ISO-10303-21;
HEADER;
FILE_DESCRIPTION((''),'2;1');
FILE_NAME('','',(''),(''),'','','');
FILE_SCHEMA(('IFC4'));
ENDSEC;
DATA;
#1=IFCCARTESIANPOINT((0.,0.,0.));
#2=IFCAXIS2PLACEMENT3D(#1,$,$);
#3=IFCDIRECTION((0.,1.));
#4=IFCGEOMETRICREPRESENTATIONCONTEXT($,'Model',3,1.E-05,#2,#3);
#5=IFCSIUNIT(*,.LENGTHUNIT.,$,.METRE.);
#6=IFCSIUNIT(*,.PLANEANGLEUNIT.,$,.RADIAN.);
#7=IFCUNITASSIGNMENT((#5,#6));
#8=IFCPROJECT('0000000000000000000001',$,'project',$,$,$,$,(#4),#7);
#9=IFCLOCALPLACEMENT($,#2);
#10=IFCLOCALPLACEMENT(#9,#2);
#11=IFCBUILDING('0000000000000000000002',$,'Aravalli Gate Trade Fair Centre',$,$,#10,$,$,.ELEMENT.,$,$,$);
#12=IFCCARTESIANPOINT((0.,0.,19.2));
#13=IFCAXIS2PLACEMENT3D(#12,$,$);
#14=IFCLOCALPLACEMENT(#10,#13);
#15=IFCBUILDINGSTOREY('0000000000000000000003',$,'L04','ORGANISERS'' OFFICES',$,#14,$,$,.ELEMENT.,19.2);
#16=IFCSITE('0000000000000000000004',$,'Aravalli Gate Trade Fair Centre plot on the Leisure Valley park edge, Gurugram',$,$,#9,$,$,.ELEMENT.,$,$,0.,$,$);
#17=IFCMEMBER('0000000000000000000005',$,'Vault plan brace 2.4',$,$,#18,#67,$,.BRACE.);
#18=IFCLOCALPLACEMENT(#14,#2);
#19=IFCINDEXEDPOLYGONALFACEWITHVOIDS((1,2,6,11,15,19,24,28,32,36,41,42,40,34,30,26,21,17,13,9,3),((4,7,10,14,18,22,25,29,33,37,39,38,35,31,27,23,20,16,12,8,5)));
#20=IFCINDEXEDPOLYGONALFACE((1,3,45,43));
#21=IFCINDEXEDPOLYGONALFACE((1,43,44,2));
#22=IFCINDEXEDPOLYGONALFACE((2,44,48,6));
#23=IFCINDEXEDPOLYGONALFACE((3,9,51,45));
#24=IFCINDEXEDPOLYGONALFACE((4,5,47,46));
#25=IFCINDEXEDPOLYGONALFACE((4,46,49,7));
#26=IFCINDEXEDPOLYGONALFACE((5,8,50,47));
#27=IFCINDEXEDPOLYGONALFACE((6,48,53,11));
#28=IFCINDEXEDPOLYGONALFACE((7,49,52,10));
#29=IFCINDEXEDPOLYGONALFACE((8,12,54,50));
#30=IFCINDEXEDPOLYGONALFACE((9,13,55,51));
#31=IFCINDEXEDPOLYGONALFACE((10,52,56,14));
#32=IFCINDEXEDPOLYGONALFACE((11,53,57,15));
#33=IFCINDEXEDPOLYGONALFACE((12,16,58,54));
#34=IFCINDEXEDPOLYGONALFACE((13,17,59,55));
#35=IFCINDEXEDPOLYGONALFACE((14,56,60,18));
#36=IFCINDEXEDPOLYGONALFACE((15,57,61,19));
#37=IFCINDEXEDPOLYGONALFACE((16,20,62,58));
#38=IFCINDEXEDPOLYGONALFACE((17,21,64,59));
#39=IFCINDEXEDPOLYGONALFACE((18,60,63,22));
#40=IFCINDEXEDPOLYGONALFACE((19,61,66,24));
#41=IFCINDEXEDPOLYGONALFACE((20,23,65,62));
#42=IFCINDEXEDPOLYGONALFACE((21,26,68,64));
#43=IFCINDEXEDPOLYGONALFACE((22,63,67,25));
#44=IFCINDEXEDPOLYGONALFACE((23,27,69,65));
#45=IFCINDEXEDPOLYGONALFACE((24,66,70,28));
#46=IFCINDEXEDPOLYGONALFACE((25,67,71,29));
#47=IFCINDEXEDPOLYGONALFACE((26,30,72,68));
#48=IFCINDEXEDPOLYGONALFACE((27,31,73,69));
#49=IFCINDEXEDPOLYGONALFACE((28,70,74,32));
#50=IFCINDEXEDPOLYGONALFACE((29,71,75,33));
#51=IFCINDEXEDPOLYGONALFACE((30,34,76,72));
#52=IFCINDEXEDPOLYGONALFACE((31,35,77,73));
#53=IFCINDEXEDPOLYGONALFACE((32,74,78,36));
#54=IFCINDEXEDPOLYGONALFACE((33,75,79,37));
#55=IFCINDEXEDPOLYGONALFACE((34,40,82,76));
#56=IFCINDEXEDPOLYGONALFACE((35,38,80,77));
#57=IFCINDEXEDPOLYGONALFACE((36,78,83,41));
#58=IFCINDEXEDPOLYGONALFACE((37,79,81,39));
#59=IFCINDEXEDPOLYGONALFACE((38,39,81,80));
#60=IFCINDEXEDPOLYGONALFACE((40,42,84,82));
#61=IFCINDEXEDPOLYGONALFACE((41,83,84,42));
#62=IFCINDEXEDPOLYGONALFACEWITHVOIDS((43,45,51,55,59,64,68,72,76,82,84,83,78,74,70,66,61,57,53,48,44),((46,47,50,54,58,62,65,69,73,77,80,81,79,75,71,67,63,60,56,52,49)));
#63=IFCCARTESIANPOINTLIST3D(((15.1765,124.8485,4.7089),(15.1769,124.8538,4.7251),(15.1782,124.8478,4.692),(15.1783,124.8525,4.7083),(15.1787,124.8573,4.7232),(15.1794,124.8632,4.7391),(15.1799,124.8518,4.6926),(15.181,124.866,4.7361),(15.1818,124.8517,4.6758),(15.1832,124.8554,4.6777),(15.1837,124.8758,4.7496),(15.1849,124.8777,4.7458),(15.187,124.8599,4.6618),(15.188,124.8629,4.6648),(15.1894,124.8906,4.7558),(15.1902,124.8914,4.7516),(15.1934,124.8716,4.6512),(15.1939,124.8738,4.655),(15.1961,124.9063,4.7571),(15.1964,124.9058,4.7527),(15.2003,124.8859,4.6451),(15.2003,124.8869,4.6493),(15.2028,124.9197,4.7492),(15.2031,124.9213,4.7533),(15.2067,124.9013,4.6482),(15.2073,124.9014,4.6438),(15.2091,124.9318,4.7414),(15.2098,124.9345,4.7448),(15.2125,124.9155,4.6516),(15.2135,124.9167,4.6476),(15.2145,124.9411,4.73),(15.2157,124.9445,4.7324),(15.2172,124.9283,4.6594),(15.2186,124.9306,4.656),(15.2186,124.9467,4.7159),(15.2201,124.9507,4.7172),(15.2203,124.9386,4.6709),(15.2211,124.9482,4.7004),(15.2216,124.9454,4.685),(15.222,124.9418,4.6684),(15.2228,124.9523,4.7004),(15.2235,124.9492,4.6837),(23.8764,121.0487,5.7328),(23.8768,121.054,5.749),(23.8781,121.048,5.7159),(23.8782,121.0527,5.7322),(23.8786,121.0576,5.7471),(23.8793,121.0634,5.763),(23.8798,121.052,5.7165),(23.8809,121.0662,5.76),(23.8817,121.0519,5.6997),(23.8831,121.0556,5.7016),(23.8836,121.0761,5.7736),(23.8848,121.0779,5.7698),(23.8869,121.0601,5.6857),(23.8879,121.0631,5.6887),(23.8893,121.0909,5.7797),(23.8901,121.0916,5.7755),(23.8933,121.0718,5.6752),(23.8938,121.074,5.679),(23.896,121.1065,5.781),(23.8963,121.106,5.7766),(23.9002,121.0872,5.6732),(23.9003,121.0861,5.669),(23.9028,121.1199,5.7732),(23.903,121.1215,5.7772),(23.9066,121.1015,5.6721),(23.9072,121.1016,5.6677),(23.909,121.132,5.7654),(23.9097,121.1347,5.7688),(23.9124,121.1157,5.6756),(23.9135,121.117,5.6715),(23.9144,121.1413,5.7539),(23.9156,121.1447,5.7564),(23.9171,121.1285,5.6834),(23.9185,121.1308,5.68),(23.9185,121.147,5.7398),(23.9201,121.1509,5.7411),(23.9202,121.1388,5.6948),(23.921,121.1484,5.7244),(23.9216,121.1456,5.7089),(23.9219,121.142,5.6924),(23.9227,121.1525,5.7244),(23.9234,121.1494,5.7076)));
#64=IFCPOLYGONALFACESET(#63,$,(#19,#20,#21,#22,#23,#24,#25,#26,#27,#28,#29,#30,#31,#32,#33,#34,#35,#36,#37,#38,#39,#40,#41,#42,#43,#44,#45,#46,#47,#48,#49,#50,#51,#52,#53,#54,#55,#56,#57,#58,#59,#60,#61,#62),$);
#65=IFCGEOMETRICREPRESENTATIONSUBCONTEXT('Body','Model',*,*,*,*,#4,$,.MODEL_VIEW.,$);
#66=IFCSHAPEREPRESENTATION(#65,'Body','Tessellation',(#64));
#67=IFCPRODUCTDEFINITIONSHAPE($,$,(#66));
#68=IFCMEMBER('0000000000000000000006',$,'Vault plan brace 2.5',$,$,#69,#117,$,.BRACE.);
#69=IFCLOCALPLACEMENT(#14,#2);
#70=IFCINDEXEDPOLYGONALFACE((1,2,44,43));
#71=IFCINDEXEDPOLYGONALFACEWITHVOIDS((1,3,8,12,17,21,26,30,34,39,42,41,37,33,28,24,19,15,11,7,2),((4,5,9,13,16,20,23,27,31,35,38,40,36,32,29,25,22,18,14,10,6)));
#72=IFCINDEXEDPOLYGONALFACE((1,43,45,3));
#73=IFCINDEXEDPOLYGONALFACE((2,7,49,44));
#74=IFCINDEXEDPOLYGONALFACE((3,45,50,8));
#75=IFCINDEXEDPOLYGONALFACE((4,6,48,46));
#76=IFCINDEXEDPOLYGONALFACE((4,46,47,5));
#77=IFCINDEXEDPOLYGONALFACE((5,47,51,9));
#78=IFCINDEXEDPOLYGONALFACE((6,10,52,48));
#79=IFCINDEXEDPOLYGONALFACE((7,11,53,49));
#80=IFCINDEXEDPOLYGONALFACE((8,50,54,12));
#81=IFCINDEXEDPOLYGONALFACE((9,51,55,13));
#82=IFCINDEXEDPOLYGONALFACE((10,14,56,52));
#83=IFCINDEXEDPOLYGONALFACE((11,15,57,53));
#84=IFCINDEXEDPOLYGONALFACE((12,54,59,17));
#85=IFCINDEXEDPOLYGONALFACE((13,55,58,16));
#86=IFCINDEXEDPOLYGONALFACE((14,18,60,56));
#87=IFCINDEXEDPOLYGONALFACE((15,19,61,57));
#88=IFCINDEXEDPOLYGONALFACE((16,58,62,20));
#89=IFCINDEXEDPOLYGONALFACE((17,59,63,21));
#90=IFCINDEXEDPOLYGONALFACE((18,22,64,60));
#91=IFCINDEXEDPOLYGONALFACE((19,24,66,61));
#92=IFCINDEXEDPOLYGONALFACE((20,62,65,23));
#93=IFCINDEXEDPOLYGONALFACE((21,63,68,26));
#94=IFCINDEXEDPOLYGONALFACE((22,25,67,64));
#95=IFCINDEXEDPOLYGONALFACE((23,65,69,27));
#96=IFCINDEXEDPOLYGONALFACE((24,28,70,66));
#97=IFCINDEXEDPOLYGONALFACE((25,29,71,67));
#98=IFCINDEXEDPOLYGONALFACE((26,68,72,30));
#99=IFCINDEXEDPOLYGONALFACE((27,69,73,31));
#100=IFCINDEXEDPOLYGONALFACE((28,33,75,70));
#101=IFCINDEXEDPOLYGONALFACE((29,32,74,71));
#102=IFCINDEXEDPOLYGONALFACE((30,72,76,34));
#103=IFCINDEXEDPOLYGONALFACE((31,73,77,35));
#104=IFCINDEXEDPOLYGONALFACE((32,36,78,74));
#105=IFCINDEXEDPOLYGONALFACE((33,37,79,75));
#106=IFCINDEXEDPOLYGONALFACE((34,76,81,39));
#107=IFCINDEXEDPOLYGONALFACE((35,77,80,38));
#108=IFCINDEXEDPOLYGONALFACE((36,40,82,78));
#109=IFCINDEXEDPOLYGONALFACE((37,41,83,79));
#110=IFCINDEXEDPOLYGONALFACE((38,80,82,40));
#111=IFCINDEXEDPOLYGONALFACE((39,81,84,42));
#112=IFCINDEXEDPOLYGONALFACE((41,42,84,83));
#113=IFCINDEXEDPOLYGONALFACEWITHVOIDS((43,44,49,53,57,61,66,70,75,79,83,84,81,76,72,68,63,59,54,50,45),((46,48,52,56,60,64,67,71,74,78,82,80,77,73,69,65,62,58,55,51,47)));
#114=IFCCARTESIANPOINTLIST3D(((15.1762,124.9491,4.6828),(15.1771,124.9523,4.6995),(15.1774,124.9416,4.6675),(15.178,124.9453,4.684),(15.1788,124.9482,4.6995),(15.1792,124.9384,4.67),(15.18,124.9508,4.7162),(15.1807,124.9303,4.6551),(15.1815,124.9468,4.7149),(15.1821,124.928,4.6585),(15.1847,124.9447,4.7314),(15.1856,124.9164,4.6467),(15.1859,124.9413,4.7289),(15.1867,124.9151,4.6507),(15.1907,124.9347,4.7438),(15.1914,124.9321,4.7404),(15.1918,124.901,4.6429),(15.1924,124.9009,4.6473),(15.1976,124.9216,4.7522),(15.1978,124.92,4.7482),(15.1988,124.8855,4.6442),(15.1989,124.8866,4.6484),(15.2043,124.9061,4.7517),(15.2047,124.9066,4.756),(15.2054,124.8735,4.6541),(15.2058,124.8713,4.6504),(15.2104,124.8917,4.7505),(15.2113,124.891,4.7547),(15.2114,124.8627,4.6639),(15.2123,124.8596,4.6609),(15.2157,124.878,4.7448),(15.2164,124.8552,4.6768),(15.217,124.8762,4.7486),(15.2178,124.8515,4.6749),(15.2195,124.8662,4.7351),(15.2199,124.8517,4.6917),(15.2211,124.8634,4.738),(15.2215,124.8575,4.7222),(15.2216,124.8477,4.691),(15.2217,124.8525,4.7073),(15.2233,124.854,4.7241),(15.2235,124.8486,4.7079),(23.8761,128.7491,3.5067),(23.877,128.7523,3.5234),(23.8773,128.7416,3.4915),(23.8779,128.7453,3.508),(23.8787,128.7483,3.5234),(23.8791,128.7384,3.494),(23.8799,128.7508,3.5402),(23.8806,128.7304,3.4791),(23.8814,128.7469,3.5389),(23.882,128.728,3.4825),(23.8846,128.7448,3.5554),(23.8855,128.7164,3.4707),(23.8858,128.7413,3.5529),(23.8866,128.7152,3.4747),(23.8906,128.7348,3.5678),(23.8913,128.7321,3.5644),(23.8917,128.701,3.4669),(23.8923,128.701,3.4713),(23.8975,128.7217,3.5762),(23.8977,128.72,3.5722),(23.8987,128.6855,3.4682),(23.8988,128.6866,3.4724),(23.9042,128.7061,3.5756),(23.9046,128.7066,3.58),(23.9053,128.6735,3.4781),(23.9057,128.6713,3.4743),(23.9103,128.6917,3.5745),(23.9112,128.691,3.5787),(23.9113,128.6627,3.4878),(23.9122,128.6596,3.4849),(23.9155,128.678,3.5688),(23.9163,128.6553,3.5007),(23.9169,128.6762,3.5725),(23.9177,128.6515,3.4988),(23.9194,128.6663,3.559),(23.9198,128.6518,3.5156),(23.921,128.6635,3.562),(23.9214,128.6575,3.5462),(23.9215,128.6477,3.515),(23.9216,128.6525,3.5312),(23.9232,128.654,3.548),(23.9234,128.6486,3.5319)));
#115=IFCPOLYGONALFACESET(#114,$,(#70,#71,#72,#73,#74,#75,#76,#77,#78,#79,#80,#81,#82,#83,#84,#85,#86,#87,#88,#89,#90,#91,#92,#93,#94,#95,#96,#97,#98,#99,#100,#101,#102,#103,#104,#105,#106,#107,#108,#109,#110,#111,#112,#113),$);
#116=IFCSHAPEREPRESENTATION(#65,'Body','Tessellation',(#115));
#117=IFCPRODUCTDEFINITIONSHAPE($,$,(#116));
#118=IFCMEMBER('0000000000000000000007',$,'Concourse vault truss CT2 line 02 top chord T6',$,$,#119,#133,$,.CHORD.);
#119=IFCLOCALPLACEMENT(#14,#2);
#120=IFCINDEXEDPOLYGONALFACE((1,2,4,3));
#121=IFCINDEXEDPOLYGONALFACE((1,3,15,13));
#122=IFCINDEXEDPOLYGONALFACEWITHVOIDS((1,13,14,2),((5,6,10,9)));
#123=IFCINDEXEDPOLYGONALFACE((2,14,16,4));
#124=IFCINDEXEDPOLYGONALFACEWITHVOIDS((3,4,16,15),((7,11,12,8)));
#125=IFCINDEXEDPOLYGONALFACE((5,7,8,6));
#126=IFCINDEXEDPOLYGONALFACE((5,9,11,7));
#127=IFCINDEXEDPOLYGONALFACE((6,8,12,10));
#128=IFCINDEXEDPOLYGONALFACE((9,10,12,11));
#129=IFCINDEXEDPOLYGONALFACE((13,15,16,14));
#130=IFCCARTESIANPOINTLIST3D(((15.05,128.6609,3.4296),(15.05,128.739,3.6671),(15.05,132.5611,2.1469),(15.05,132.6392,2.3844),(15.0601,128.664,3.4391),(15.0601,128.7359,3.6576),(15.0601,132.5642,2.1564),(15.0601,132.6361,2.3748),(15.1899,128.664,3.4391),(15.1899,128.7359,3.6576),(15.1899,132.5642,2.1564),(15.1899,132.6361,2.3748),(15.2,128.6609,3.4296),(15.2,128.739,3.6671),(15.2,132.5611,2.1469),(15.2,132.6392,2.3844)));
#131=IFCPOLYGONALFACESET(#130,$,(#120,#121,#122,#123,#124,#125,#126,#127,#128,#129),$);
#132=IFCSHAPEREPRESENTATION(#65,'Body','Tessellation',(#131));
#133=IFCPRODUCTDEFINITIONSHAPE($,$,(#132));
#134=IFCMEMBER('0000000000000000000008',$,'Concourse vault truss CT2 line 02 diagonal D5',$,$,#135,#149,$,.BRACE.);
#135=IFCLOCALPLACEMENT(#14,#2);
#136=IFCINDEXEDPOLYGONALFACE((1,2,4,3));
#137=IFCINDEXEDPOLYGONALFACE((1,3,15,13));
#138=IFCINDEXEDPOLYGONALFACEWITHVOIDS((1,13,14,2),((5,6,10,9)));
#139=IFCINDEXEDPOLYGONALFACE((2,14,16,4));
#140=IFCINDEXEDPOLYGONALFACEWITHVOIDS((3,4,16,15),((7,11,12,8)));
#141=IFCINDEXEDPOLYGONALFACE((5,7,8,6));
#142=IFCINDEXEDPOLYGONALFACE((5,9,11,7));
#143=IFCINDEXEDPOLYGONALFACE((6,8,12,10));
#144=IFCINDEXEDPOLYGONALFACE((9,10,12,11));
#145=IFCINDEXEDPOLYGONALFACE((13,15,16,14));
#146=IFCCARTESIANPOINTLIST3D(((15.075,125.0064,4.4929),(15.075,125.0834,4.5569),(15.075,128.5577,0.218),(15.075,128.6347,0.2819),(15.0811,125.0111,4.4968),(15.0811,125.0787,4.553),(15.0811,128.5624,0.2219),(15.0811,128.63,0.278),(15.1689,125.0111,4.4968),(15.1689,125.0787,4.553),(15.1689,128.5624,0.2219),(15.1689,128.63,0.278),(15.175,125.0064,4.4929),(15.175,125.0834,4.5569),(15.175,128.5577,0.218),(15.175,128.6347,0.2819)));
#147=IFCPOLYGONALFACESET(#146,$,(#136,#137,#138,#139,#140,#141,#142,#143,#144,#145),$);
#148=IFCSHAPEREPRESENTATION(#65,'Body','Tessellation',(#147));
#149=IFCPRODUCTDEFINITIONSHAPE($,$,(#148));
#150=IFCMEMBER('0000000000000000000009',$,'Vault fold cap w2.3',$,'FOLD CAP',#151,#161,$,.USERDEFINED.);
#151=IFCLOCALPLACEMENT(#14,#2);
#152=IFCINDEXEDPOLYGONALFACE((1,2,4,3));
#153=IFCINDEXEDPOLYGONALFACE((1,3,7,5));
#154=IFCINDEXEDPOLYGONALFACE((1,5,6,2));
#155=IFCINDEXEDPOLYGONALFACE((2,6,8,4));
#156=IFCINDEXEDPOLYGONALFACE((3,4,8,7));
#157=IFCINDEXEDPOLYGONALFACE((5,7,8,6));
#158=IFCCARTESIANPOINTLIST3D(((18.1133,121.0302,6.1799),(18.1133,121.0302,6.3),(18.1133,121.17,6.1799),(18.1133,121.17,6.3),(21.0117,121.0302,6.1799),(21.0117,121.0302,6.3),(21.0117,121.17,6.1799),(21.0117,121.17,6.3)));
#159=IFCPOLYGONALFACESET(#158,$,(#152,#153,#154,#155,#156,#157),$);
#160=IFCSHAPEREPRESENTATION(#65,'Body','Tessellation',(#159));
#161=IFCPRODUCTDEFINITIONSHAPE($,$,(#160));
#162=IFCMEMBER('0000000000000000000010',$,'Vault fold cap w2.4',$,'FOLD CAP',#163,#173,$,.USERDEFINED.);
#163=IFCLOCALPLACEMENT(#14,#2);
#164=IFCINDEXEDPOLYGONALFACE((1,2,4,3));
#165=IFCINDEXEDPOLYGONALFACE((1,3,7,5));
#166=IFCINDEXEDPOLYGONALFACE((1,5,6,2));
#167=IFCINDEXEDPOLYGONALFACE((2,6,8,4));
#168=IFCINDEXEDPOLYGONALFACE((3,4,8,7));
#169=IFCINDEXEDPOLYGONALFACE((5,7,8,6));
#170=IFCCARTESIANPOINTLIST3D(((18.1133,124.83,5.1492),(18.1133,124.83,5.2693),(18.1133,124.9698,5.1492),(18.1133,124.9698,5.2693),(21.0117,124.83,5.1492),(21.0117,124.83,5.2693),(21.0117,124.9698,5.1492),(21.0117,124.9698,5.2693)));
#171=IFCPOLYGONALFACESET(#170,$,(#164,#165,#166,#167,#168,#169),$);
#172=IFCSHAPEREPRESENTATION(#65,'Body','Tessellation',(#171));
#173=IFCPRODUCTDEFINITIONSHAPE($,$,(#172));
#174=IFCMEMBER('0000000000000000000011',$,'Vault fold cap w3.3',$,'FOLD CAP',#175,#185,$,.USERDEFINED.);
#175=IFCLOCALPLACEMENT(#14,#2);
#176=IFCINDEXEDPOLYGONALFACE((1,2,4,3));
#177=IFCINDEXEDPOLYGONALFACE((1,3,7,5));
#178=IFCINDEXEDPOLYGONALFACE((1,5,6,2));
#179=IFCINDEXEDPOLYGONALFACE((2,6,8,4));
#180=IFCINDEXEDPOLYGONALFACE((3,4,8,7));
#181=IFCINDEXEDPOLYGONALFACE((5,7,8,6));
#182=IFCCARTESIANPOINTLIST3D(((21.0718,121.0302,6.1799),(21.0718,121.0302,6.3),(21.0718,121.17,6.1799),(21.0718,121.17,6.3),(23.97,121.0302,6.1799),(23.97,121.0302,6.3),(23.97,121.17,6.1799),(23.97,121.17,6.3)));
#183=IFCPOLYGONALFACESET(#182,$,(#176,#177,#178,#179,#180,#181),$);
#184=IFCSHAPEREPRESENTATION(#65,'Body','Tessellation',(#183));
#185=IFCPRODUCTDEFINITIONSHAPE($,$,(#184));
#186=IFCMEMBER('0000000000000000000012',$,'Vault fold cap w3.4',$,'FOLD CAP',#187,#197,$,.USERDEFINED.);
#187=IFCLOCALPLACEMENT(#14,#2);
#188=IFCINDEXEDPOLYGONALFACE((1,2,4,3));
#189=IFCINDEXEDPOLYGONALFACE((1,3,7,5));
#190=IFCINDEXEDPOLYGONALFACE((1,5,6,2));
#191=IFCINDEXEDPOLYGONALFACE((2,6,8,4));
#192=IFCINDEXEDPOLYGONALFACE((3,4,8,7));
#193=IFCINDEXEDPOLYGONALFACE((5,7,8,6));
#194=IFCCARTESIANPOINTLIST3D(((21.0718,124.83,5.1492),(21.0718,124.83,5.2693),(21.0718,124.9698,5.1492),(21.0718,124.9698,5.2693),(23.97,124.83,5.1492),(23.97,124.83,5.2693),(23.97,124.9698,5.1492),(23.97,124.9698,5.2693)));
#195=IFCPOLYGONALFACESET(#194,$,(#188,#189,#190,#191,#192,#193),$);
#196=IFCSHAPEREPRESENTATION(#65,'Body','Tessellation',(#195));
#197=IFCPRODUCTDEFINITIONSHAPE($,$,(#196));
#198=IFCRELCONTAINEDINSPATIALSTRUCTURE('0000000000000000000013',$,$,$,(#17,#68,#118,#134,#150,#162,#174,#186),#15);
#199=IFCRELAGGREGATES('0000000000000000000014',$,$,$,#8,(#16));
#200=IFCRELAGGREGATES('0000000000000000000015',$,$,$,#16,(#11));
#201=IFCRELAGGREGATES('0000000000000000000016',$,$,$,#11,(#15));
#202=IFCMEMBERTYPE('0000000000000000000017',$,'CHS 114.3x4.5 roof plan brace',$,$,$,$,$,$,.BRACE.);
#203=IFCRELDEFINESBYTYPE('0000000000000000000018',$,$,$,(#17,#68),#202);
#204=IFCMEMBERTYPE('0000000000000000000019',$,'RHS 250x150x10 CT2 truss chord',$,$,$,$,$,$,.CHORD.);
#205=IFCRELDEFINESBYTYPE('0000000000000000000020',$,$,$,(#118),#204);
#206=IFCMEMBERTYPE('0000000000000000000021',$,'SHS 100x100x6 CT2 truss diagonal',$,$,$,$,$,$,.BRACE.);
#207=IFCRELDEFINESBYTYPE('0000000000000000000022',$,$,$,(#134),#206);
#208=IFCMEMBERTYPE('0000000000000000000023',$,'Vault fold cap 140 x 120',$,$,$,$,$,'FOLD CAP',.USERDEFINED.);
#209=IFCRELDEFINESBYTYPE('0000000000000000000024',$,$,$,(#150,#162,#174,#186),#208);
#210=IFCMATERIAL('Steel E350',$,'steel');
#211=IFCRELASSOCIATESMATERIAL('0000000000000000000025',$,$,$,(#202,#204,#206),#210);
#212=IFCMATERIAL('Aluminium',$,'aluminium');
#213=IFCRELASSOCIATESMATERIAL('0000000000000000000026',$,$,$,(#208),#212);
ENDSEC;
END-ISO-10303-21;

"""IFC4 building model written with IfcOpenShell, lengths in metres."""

from ifc_helpers import new_model, si_unit, direction, frame, origin, origin_2d, place, context, subcontext, project, spatial, rectangle, hollow_rectangle, hollow_circle, extrude, material, material_profile, profile_set, type_object, element, save


model = new_model("IFC4")

# Units and contexts
model_context = context("Model", 3, precision=1e-05, world=origin(), true_north=direction((0.0, 1.0)))
body_context = subcontext(model_context, "Body", "Model", "MODEL_VIEW")
ifc_project = project(units=[si_unit("LENGTHUNIT", "METRE"), si_unit("PLANEANGLEUNIT", "RADIAN")], contexts=[model_context])

# Site, building, storey
site_placement = place(None, origin())
site = spatial("IfcSite", under=ifc_project, at=site_placement, Name="Aravalli Gate Trade Fair Centre plot on the Leisure Valley park edge, Gurugram", CompositionType="ELEMENT", RefElevation=0.0)
building_placement = place(site_placement, origin())
building = spatial("IfcBuilding", under=site, at=building_placement, Name="Aravalli Gate Trade Fair Centre", CompositionType="ELEMENT")
storey_placement = place(building_placement, frame((0.0, 0.0, 19.2)))
storey = spatial("IfcBuildingStorey", under=building, at=storey_placement, Name="L04", Description="ORGANISERS' OFFICES", CompositionType="ELEMENT", Elevation=19.2)

# Members
ifc_material_1 = material(Name="Steel E350", Category="steel")
ifc_material_profile_1 = material_profile(ifc_material_1, hollow_circle(Radius=0.0571, WallThickness=0.0044, at=origin_2d()), Name="CHS 114.3x4.5")
ifc_profile_set_1 = profile_set([ifc_material_profile_1], Name="Steel E350")
member_type_1 = type_object("IfcMemberType", Name="CHS 114.3x4.5 roof plan brace", PredefinedType="BRACE", material=ifc_profile_set_1)
member_1_placement = place(storey_placement, frame((15.2, 124.8999, 4.7004), z_axis=(0.911122, -0.397943, 0.107233), x_axis=(0.400251, 0.916406, 0.0)))
element("IfcMember", 1, at=member_1_placement, inside=storey, type_object=member_type_1, Name="Vault plan brace 2.4", PredefinedType="BRACE", context=body_context, shape_type="SweptSolid", body=[
    extrude(hollow_circle(Radius=0.0571, WallThickness=0.0044, at=origin_2d()), origin(), (0.0, 0.0, 1.0), 9.5486),
])
member_2_placement = place(storey_placement, frame((15.2, 124.8999, 4.6995), z_axis=(0.909445, 0.397236, -0.122935), x_axis=(-0.400272, 0.916396, 0.0)))
element("IfcMember", 2, at=member_2_placement, inside=storey, type_object=member_type_1, Name="Vault plan brace 2.5", PredefinedType="BRACE", context=body_context, shape_type="SweptSolid", body=[
    extrude(hollow_circle(Radius=0.0571, WallThickness=0.0044, at=origin_2d()), origin(), (0.0, 0.0, 1.0), 9.5662),
])
ifc_material_profile_2 = material_profile(ifc_material_1, hollow_rectangle(XDim=0.1499, YDim=0.25, WallThickness=0.01, at=origin_2d()), Name="RHS 250x150x10")
ifc_profile_set_2 = profile_set([ifc_material_profile_2], Name="Steel E350")
member_type_2 = type_object("IfcMemberType", Name="RHS 250x150x10 CT2 truss chord", PredefinedType="CHORD", material=ifc_profile_set_2)
member_3_placement = place(storey_placement, frame((15.125, 128.7, 3.5483), z_axis=(0.0, 0.949942, -0.312425), x_axis=(-1.0, 0.0, 0.0)))
element("IfcMember", 3, at=member_3_placement, inside=storey, type_object=member_type_2, Name="Concourse vault truss CT2 line 02 top chord T6", PredefinedType="CHORD", context=body_context, shape_type="SweptSolid", body=[
    extrude(hollow_rectangle(XDim=0.1499, YDim=0.25, WallThickness=0.01, at=origin_2d()), origin(), (0.0, 0.0, 1.0), 4.1057),
])
ifc_material_profile_3 = material_profile(ifc_material_1, hollow_rectangle(XDim=0.1001, YDim=0.1001, WallThickness=0.0061, at=origin_2d()), Name="SHS 100x100x6")
ifc_profile_set_3 = profile_set([ifc_material_profile_3], Name="Steel E350")
member_type_3 = type_object("IfcMemberType", Name="SHS 100x100x6 CT2 truss diagonal", PredefinedType="BRACE", material=ifc_profile_set_3)
member_4_placement = place(storey_placement, frame((15.125, 125.0449, 4.5249), z_axis=(0.0, 0.639, -0.769207), x_axis=(-1.0, 0.0, 0.0)))
element("IfcMember", 4, at=member_4_placement, inside=storey, type_object=member_type_3, Name="Concourse vault truss CT2 line 02 diagonal D5", PredefinedType="BRACE", context=body_context, shape_type="SweptSolid", body=[
    extrude(hollow_rectangle(XDim=0.1001, YDim=0.1001, WallThickness=0.0061, at=origin_2d()), origin(), (0.0, 0.0, 1.0), 5.5576),
])
ifc_material_2 = material(Name="Aluminium", Category="aluminium")
ifc_material_profile_4 = material_profile(ifc_material_2, rectangle(XDim=0.1399, YDim=0.1201, at=origin_2d()), Name="Vault fold cap 140 x 120")
ifc_profile_set_4 = profile_set([ifc_material_profile_4], Name="Aluminium")
member_type_4 = type_object("IfcMemberType", Name="Vault fold cap 140 x 120", ElementType="FOLD CAP", PredefinedType="USERDEFINED", material=ifc_profile_set_4)
for number, where, z_axis, x_axis, name in (
    (5, (18.1133, 121.1001, 6.24), (1.0, 0.0, 0.0), (0.0, 1.0, 0.0), "Vault fold cap w2.3"),
    (6, (18.1133, 124.8999, 5.2092), (1.0, 0.0, 0.0), (0.0, 1.0, 0.0), "Vault fold cap w2.4"),
):
    element("IfcMember", number, at=place(storey_placement, frame(where, z_axis=z_axis, x_axis=x_axis)), inside=storey, type_object=member_type_4, Name=name, ObjectType="FOLD CAP", PredefinedType="USERDEFINED", context=body_context, shape_type="SweptSolid", body=[
        extrude(rectangle(XDim=0.1399, YDim=0.1201, at=origin_2d()), origin(), (0.0, 0.0, 1.0), 2.8984),
    ])
for number, where, z_axis, x_axis, name in (
    (7, (21.0718, 121.1001, 6.24), (1.0, 0.0, 0.0), (0.0, 1.0, 0.0), "Vault fold cap w3.3"),
    (8, (21.0718, 124.8999, 5.2092), (1.0, 0.0, 0.0), (0.0, 1.0, 0.0), "Vault fold cap w3.4"),
):
    element("IfcMember", number, at=place(storey_placement, frame(where, z_axis=z_axis, x_axis=x_axis)), inside=storey, type_object=member_type_4, Name=name, ObjectType="FOLD CAP", PredefinedType="USERDEFINED", context=body_context, shape_type="SweptSolid", body=[
        extrude(rectangle(XDim=0.1399, YDim=0.1201, at=origin_2d()), origin(), (0.0, 0.0, 1.0), 2.8982),
    ])

save(model, "model.ifc")
